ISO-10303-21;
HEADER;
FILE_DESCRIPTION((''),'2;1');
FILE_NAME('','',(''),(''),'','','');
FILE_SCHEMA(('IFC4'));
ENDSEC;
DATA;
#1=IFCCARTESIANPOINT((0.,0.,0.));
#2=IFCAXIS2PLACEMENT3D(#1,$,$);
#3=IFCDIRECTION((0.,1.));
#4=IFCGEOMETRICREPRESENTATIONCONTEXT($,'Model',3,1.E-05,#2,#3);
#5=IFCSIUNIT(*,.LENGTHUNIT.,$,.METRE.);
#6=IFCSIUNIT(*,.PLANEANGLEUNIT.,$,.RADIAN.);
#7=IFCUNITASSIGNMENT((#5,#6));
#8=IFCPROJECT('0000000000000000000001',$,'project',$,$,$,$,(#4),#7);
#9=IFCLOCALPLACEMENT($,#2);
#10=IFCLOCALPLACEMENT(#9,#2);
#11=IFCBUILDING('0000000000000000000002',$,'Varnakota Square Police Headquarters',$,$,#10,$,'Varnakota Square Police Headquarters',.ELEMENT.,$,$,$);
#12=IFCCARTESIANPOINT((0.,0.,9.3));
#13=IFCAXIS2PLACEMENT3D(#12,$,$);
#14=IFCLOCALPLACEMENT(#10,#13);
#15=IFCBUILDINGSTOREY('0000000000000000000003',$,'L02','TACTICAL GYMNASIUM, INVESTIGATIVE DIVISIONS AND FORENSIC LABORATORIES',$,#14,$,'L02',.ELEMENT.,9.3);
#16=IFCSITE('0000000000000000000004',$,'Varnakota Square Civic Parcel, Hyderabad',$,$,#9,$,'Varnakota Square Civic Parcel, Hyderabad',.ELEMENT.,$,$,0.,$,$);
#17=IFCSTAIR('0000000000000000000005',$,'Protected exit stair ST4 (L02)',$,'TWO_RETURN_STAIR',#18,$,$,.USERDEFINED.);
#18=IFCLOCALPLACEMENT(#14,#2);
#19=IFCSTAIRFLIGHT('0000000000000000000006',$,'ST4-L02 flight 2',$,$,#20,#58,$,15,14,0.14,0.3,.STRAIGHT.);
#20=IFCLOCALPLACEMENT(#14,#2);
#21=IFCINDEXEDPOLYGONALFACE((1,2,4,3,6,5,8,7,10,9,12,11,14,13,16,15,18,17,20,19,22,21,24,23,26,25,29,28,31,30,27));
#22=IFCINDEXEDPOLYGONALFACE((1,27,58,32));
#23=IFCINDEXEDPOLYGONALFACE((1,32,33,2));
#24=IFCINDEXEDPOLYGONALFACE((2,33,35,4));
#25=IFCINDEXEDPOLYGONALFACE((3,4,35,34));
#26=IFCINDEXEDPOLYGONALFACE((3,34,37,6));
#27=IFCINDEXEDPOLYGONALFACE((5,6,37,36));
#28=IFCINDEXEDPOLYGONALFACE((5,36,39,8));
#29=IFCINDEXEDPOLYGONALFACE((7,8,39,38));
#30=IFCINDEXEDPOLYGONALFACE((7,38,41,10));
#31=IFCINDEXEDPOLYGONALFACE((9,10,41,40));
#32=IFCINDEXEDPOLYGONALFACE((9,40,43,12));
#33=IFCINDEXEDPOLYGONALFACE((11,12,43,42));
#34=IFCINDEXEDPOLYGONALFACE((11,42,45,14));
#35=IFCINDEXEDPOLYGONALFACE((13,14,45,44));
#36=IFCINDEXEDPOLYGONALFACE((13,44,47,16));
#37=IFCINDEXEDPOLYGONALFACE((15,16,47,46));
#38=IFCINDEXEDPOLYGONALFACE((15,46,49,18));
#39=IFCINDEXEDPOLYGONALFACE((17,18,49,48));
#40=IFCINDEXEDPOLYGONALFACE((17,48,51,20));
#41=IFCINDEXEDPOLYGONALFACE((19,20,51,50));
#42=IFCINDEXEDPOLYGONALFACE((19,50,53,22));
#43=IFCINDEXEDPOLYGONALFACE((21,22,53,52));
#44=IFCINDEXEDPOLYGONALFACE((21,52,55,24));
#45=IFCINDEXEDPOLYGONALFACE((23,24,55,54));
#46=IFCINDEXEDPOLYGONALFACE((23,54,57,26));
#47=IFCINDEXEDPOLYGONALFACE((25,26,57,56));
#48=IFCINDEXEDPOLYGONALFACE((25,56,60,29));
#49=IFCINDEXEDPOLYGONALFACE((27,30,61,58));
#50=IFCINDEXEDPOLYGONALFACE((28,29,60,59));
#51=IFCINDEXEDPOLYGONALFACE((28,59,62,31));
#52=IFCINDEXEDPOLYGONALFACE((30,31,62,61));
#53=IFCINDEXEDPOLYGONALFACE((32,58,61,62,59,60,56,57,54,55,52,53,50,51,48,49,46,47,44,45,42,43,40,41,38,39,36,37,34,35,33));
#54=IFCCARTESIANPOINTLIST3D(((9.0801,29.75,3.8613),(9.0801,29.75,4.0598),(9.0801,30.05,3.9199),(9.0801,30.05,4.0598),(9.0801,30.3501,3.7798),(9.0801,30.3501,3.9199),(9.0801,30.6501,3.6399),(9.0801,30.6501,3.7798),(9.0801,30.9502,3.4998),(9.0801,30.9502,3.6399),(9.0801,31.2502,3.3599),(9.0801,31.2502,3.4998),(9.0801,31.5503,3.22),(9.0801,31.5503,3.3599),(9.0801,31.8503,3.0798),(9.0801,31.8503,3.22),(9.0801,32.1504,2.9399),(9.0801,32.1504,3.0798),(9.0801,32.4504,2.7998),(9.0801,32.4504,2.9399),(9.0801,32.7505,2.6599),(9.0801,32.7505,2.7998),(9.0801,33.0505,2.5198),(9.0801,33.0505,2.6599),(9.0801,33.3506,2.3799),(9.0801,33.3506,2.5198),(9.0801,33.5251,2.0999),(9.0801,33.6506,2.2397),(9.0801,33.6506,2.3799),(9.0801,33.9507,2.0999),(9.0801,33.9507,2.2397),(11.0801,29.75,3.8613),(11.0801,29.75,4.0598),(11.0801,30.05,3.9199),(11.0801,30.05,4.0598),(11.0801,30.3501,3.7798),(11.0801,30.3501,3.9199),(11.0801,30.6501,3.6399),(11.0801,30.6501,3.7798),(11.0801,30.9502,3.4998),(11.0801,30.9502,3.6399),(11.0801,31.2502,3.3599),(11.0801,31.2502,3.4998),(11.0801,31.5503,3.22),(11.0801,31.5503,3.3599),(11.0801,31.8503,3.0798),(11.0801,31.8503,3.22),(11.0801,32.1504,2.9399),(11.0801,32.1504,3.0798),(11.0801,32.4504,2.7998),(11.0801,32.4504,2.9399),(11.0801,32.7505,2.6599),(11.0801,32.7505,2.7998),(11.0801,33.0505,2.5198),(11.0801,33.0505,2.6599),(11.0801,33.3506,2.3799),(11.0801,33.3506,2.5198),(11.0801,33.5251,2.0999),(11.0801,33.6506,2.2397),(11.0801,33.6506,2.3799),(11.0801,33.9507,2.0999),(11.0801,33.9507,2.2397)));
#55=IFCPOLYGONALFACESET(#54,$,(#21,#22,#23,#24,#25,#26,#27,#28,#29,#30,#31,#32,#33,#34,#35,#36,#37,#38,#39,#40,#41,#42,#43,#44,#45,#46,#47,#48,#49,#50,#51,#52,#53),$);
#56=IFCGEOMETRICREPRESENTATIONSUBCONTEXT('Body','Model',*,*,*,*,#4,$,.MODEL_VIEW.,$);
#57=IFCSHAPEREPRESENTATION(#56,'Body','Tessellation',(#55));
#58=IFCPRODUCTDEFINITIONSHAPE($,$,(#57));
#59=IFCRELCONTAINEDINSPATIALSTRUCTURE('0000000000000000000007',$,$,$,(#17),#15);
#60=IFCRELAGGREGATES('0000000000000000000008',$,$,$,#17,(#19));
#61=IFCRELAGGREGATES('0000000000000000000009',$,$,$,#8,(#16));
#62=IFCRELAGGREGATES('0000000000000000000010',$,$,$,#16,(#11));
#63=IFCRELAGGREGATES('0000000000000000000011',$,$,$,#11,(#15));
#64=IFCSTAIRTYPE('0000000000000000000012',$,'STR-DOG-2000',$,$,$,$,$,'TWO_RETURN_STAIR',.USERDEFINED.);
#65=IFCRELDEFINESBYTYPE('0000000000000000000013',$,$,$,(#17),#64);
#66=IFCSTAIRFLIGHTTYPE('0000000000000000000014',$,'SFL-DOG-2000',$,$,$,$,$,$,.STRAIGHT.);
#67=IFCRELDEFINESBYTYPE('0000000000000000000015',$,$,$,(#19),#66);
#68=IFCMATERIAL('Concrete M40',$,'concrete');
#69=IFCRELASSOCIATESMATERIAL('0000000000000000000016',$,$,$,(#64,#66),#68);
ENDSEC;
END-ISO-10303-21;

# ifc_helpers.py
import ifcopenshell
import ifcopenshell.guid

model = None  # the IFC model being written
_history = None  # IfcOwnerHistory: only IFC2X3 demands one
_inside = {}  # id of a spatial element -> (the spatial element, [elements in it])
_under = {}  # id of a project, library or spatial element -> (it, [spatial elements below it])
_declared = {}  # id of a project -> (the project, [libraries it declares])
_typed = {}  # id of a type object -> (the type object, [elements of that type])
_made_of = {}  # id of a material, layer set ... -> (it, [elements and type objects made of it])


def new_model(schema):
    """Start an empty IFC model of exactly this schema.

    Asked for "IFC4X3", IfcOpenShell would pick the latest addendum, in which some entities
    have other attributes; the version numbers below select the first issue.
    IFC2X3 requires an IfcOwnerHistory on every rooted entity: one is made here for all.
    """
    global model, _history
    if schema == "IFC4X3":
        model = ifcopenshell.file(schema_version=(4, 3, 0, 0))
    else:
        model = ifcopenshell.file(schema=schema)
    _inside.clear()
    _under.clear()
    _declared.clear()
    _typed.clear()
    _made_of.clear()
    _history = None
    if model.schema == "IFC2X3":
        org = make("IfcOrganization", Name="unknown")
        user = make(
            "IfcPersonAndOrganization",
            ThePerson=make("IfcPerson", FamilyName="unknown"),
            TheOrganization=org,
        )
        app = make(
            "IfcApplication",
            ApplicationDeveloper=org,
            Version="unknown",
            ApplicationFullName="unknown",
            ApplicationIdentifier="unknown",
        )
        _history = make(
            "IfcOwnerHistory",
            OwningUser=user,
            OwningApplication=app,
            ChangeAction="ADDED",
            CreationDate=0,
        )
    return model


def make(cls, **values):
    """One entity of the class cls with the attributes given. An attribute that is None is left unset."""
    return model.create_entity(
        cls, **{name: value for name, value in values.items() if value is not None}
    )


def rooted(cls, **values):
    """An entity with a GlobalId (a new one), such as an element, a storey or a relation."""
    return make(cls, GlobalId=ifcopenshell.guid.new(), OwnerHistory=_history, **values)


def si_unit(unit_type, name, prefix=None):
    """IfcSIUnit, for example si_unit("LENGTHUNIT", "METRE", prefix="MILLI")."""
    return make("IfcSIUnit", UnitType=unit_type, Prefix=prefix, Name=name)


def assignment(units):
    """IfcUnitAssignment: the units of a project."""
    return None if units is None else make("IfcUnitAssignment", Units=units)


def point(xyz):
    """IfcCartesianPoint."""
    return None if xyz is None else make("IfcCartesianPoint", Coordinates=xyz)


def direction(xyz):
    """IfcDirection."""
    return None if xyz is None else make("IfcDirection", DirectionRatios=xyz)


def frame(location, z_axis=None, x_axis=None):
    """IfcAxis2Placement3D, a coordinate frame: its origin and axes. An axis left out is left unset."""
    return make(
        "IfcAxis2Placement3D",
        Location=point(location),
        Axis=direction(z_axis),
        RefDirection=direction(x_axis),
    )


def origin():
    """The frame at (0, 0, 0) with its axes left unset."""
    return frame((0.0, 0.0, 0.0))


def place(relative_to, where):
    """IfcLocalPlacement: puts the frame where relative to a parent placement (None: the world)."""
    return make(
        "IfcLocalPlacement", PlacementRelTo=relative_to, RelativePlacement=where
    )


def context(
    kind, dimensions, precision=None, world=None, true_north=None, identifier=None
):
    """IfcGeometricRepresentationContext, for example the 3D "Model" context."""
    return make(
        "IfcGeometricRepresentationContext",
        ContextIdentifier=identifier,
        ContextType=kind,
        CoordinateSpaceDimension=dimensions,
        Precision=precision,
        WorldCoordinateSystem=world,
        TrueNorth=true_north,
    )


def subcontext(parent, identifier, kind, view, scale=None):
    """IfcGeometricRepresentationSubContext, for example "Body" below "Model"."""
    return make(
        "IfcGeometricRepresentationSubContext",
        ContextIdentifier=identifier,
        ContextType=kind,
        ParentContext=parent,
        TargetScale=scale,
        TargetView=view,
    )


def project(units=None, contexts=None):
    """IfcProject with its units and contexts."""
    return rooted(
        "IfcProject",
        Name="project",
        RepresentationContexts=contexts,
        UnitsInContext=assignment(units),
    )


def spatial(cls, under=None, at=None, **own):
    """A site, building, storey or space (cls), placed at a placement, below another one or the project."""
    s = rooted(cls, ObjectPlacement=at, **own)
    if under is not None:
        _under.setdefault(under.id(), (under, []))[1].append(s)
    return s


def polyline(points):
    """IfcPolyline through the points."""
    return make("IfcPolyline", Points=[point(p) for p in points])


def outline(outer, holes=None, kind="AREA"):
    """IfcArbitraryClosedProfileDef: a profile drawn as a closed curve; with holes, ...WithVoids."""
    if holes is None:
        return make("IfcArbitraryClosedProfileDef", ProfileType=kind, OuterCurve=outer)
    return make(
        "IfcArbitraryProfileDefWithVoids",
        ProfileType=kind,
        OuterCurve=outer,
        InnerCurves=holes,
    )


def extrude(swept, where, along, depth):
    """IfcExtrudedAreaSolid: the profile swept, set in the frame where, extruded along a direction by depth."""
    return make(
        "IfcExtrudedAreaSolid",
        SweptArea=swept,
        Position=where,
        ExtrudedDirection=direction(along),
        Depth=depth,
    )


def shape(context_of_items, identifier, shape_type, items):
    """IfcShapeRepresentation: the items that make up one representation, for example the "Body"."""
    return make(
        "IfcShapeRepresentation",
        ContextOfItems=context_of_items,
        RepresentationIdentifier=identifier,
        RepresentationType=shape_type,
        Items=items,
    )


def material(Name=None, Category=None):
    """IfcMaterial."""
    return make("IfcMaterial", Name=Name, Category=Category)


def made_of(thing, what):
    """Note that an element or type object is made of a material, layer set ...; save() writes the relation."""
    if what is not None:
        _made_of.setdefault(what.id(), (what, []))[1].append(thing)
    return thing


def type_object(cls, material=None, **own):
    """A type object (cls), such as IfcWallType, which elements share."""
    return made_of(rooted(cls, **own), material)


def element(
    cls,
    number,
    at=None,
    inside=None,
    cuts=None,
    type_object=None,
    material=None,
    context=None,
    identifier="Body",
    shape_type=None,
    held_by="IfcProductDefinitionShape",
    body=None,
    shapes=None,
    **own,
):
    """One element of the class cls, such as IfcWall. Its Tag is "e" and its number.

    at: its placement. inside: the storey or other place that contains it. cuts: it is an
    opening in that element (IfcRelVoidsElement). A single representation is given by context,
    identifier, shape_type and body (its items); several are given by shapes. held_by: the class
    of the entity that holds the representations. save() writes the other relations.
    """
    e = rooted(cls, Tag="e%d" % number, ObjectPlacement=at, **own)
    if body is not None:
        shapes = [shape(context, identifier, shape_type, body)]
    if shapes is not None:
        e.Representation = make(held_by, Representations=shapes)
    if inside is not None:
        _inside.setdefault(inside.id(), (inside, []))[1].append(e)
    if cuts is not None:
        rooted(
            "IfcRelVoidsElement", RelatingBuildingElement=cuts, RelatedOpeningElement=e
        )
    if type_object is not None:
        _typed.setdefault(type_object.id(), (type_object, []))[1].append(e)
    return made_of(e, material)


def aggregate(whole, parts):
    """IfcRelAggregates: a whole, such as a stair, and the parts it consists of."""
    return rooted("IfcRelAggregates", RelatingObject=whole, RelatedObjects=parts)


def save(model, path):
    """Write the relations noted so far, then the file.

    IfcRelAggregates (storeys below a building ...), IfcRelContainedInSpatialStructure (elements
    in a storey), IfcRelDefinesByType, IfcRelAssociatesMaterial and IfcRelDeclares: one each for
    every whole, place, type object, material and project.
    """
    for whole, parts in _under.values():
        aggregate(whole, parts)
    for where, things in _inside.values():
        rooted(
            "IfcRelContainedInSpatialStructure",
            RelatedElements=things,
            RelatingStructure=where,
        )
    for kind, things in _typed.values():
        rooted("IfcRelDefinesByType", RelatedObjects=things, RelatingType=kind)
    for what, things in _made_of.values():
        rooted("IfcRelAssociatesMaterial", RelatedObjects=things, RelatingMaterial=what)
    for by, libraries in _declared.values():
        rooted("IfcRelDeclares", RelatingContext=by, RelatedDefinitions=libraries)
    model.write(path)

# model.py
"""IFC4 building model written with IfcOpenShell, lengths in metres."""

from ifc_helpers import new_model, si_unit, direction, frame, origin, place, context, subcontext, project, spatial, polyline, outline, extrude, material, type_object, element, aggregate, save


model = new_model("IFC4")

# Units and contexts
model_context = context("Model", 3, precision=1e-05, world=origin(), true_north=direction((0.0, 1.0)))
body_context = subcontext(model_context, "Body", "Model", "MODEL_VIEW")
ifc_project = project(units=[si_unit("LENGTHUNIT", "METRE"), si_unit("PLANEANGLEUNIT", "RADIAN")], contexts=[model_context])

# Site, building, storey
site_placement = place(None, origin())
site = spatial("IfcSite", under=ifc_project, at=site_placement, Name="Varnakota Square Civic Parcel, Hyderabad", LongName="Varnakota Square Civic Parcel, Hyderabad", CompositionType="ELEMENT", RefElevation=0.0)
building_placement = place(site_placement, origin())
building = spatial("IfcBuilding", under=site, at=building_placement, Name="Varnakota Square Police Headquarters", LongName="Varnakota Square Police Headquarters", CompositionType="ELEMENT")
storey_placement = place(building_placement, frame((0.0, 0.0, 9.3)))
storey = spatial("IfcBuildingStorey", under=building, at=storey_placement, Name="L02", Description="TACTICAL GYMNASIUM, INVESTIGATIVE DIVISIONS AND FORENSIC LABORATORIES", LongName="L02", CompositionType="ELEMENT", Elevation=9.3)

# Shared definitions
ifc_material_1 = material(Name="Concrete M40", Category="concrete")

# Stair, stair flight
stair_type = type_object("IfcStairType", Name="STR-DOG-2000", ElementType="TWO_RETURN_STAIR", PredefinedType="USERDEFINED", material=ifc_material_1)
stair_placement = place(storey_placement, origin())
stair = element("IfcStair", 1, at=stair_placement, inside=storey, type_object=stair_type, Name="Protected exit stair ST4 (L02)", ObjectType="TWO_RETURN_STAIR", PredefinedType="USERDEFINED")
stair_flight_type = type_object("IfcStairFlightType", Name="SFL-DOG-2000", PredefinedType="STRAIGHT", material=ifc_material_1)
stair_flight_placement = place(storey_placement, frame((10.0801, 33.9507, 2.0999), z_axis=(0.0, 0.0, 1.0), x_axis=(0.0, -1.0, 0.0)))
stair_flight = element("IfcStairFlight", 2, at=stair_flight_placement, type_object=stair_flight_type, Name="ST4-L02 flight 2", NumberOfRisers=15, NumberOfTreads=14, PredefinedType="STRAIGHT", RiserHeight=0.14, TreadLength=0.3, context=body_context, shape_type="SweptSolid", body=[
    extrude(outline(polyline([(0.0, 0.0), (0.0, 0.1399), (0.3, 0.1399), (0.3, 0.28), (0.6001, 0.28), (0.6001, 0.4199), (0.9001, 0.4199), (0.9001, 0.5601), (1.2002, 0.5601), (1.2002, 0.7), (1.5002, 0.7), (1.5002, 0.8401), (1.8003, 0.8401), (1.8003, 0.98), (2.1003, 0.98), (2.1003, 1.1201), (2.4004, 1.1201), (2.4004, 1.26), (2.7004, 1.26), (2.7004, 1.3999), (3.0005, 1.3999), (3.0005, 1.54), (3.3005, 1.54), (3.3005, 1.6799), (3.6006, 1.6799), (3.6006, 1.8201), (3.9006, 1.8201), (3.9006, 1.96), (4.2007, 1.96), (4.2007, 2.1001), (4.2007, 1.7615), (0.4255, 0.0), (0.0, 0.0)])), frame((0.0, 1.0, 0.0), z_axis=(0.0, -1.0, 0.0), x_axis=(1.0, 0.0, 0.0)), (0.0, 0.0, 1.0), 2.0),
])
aggregate(stair, [stair_flight])

save(model, "model.ifc")
